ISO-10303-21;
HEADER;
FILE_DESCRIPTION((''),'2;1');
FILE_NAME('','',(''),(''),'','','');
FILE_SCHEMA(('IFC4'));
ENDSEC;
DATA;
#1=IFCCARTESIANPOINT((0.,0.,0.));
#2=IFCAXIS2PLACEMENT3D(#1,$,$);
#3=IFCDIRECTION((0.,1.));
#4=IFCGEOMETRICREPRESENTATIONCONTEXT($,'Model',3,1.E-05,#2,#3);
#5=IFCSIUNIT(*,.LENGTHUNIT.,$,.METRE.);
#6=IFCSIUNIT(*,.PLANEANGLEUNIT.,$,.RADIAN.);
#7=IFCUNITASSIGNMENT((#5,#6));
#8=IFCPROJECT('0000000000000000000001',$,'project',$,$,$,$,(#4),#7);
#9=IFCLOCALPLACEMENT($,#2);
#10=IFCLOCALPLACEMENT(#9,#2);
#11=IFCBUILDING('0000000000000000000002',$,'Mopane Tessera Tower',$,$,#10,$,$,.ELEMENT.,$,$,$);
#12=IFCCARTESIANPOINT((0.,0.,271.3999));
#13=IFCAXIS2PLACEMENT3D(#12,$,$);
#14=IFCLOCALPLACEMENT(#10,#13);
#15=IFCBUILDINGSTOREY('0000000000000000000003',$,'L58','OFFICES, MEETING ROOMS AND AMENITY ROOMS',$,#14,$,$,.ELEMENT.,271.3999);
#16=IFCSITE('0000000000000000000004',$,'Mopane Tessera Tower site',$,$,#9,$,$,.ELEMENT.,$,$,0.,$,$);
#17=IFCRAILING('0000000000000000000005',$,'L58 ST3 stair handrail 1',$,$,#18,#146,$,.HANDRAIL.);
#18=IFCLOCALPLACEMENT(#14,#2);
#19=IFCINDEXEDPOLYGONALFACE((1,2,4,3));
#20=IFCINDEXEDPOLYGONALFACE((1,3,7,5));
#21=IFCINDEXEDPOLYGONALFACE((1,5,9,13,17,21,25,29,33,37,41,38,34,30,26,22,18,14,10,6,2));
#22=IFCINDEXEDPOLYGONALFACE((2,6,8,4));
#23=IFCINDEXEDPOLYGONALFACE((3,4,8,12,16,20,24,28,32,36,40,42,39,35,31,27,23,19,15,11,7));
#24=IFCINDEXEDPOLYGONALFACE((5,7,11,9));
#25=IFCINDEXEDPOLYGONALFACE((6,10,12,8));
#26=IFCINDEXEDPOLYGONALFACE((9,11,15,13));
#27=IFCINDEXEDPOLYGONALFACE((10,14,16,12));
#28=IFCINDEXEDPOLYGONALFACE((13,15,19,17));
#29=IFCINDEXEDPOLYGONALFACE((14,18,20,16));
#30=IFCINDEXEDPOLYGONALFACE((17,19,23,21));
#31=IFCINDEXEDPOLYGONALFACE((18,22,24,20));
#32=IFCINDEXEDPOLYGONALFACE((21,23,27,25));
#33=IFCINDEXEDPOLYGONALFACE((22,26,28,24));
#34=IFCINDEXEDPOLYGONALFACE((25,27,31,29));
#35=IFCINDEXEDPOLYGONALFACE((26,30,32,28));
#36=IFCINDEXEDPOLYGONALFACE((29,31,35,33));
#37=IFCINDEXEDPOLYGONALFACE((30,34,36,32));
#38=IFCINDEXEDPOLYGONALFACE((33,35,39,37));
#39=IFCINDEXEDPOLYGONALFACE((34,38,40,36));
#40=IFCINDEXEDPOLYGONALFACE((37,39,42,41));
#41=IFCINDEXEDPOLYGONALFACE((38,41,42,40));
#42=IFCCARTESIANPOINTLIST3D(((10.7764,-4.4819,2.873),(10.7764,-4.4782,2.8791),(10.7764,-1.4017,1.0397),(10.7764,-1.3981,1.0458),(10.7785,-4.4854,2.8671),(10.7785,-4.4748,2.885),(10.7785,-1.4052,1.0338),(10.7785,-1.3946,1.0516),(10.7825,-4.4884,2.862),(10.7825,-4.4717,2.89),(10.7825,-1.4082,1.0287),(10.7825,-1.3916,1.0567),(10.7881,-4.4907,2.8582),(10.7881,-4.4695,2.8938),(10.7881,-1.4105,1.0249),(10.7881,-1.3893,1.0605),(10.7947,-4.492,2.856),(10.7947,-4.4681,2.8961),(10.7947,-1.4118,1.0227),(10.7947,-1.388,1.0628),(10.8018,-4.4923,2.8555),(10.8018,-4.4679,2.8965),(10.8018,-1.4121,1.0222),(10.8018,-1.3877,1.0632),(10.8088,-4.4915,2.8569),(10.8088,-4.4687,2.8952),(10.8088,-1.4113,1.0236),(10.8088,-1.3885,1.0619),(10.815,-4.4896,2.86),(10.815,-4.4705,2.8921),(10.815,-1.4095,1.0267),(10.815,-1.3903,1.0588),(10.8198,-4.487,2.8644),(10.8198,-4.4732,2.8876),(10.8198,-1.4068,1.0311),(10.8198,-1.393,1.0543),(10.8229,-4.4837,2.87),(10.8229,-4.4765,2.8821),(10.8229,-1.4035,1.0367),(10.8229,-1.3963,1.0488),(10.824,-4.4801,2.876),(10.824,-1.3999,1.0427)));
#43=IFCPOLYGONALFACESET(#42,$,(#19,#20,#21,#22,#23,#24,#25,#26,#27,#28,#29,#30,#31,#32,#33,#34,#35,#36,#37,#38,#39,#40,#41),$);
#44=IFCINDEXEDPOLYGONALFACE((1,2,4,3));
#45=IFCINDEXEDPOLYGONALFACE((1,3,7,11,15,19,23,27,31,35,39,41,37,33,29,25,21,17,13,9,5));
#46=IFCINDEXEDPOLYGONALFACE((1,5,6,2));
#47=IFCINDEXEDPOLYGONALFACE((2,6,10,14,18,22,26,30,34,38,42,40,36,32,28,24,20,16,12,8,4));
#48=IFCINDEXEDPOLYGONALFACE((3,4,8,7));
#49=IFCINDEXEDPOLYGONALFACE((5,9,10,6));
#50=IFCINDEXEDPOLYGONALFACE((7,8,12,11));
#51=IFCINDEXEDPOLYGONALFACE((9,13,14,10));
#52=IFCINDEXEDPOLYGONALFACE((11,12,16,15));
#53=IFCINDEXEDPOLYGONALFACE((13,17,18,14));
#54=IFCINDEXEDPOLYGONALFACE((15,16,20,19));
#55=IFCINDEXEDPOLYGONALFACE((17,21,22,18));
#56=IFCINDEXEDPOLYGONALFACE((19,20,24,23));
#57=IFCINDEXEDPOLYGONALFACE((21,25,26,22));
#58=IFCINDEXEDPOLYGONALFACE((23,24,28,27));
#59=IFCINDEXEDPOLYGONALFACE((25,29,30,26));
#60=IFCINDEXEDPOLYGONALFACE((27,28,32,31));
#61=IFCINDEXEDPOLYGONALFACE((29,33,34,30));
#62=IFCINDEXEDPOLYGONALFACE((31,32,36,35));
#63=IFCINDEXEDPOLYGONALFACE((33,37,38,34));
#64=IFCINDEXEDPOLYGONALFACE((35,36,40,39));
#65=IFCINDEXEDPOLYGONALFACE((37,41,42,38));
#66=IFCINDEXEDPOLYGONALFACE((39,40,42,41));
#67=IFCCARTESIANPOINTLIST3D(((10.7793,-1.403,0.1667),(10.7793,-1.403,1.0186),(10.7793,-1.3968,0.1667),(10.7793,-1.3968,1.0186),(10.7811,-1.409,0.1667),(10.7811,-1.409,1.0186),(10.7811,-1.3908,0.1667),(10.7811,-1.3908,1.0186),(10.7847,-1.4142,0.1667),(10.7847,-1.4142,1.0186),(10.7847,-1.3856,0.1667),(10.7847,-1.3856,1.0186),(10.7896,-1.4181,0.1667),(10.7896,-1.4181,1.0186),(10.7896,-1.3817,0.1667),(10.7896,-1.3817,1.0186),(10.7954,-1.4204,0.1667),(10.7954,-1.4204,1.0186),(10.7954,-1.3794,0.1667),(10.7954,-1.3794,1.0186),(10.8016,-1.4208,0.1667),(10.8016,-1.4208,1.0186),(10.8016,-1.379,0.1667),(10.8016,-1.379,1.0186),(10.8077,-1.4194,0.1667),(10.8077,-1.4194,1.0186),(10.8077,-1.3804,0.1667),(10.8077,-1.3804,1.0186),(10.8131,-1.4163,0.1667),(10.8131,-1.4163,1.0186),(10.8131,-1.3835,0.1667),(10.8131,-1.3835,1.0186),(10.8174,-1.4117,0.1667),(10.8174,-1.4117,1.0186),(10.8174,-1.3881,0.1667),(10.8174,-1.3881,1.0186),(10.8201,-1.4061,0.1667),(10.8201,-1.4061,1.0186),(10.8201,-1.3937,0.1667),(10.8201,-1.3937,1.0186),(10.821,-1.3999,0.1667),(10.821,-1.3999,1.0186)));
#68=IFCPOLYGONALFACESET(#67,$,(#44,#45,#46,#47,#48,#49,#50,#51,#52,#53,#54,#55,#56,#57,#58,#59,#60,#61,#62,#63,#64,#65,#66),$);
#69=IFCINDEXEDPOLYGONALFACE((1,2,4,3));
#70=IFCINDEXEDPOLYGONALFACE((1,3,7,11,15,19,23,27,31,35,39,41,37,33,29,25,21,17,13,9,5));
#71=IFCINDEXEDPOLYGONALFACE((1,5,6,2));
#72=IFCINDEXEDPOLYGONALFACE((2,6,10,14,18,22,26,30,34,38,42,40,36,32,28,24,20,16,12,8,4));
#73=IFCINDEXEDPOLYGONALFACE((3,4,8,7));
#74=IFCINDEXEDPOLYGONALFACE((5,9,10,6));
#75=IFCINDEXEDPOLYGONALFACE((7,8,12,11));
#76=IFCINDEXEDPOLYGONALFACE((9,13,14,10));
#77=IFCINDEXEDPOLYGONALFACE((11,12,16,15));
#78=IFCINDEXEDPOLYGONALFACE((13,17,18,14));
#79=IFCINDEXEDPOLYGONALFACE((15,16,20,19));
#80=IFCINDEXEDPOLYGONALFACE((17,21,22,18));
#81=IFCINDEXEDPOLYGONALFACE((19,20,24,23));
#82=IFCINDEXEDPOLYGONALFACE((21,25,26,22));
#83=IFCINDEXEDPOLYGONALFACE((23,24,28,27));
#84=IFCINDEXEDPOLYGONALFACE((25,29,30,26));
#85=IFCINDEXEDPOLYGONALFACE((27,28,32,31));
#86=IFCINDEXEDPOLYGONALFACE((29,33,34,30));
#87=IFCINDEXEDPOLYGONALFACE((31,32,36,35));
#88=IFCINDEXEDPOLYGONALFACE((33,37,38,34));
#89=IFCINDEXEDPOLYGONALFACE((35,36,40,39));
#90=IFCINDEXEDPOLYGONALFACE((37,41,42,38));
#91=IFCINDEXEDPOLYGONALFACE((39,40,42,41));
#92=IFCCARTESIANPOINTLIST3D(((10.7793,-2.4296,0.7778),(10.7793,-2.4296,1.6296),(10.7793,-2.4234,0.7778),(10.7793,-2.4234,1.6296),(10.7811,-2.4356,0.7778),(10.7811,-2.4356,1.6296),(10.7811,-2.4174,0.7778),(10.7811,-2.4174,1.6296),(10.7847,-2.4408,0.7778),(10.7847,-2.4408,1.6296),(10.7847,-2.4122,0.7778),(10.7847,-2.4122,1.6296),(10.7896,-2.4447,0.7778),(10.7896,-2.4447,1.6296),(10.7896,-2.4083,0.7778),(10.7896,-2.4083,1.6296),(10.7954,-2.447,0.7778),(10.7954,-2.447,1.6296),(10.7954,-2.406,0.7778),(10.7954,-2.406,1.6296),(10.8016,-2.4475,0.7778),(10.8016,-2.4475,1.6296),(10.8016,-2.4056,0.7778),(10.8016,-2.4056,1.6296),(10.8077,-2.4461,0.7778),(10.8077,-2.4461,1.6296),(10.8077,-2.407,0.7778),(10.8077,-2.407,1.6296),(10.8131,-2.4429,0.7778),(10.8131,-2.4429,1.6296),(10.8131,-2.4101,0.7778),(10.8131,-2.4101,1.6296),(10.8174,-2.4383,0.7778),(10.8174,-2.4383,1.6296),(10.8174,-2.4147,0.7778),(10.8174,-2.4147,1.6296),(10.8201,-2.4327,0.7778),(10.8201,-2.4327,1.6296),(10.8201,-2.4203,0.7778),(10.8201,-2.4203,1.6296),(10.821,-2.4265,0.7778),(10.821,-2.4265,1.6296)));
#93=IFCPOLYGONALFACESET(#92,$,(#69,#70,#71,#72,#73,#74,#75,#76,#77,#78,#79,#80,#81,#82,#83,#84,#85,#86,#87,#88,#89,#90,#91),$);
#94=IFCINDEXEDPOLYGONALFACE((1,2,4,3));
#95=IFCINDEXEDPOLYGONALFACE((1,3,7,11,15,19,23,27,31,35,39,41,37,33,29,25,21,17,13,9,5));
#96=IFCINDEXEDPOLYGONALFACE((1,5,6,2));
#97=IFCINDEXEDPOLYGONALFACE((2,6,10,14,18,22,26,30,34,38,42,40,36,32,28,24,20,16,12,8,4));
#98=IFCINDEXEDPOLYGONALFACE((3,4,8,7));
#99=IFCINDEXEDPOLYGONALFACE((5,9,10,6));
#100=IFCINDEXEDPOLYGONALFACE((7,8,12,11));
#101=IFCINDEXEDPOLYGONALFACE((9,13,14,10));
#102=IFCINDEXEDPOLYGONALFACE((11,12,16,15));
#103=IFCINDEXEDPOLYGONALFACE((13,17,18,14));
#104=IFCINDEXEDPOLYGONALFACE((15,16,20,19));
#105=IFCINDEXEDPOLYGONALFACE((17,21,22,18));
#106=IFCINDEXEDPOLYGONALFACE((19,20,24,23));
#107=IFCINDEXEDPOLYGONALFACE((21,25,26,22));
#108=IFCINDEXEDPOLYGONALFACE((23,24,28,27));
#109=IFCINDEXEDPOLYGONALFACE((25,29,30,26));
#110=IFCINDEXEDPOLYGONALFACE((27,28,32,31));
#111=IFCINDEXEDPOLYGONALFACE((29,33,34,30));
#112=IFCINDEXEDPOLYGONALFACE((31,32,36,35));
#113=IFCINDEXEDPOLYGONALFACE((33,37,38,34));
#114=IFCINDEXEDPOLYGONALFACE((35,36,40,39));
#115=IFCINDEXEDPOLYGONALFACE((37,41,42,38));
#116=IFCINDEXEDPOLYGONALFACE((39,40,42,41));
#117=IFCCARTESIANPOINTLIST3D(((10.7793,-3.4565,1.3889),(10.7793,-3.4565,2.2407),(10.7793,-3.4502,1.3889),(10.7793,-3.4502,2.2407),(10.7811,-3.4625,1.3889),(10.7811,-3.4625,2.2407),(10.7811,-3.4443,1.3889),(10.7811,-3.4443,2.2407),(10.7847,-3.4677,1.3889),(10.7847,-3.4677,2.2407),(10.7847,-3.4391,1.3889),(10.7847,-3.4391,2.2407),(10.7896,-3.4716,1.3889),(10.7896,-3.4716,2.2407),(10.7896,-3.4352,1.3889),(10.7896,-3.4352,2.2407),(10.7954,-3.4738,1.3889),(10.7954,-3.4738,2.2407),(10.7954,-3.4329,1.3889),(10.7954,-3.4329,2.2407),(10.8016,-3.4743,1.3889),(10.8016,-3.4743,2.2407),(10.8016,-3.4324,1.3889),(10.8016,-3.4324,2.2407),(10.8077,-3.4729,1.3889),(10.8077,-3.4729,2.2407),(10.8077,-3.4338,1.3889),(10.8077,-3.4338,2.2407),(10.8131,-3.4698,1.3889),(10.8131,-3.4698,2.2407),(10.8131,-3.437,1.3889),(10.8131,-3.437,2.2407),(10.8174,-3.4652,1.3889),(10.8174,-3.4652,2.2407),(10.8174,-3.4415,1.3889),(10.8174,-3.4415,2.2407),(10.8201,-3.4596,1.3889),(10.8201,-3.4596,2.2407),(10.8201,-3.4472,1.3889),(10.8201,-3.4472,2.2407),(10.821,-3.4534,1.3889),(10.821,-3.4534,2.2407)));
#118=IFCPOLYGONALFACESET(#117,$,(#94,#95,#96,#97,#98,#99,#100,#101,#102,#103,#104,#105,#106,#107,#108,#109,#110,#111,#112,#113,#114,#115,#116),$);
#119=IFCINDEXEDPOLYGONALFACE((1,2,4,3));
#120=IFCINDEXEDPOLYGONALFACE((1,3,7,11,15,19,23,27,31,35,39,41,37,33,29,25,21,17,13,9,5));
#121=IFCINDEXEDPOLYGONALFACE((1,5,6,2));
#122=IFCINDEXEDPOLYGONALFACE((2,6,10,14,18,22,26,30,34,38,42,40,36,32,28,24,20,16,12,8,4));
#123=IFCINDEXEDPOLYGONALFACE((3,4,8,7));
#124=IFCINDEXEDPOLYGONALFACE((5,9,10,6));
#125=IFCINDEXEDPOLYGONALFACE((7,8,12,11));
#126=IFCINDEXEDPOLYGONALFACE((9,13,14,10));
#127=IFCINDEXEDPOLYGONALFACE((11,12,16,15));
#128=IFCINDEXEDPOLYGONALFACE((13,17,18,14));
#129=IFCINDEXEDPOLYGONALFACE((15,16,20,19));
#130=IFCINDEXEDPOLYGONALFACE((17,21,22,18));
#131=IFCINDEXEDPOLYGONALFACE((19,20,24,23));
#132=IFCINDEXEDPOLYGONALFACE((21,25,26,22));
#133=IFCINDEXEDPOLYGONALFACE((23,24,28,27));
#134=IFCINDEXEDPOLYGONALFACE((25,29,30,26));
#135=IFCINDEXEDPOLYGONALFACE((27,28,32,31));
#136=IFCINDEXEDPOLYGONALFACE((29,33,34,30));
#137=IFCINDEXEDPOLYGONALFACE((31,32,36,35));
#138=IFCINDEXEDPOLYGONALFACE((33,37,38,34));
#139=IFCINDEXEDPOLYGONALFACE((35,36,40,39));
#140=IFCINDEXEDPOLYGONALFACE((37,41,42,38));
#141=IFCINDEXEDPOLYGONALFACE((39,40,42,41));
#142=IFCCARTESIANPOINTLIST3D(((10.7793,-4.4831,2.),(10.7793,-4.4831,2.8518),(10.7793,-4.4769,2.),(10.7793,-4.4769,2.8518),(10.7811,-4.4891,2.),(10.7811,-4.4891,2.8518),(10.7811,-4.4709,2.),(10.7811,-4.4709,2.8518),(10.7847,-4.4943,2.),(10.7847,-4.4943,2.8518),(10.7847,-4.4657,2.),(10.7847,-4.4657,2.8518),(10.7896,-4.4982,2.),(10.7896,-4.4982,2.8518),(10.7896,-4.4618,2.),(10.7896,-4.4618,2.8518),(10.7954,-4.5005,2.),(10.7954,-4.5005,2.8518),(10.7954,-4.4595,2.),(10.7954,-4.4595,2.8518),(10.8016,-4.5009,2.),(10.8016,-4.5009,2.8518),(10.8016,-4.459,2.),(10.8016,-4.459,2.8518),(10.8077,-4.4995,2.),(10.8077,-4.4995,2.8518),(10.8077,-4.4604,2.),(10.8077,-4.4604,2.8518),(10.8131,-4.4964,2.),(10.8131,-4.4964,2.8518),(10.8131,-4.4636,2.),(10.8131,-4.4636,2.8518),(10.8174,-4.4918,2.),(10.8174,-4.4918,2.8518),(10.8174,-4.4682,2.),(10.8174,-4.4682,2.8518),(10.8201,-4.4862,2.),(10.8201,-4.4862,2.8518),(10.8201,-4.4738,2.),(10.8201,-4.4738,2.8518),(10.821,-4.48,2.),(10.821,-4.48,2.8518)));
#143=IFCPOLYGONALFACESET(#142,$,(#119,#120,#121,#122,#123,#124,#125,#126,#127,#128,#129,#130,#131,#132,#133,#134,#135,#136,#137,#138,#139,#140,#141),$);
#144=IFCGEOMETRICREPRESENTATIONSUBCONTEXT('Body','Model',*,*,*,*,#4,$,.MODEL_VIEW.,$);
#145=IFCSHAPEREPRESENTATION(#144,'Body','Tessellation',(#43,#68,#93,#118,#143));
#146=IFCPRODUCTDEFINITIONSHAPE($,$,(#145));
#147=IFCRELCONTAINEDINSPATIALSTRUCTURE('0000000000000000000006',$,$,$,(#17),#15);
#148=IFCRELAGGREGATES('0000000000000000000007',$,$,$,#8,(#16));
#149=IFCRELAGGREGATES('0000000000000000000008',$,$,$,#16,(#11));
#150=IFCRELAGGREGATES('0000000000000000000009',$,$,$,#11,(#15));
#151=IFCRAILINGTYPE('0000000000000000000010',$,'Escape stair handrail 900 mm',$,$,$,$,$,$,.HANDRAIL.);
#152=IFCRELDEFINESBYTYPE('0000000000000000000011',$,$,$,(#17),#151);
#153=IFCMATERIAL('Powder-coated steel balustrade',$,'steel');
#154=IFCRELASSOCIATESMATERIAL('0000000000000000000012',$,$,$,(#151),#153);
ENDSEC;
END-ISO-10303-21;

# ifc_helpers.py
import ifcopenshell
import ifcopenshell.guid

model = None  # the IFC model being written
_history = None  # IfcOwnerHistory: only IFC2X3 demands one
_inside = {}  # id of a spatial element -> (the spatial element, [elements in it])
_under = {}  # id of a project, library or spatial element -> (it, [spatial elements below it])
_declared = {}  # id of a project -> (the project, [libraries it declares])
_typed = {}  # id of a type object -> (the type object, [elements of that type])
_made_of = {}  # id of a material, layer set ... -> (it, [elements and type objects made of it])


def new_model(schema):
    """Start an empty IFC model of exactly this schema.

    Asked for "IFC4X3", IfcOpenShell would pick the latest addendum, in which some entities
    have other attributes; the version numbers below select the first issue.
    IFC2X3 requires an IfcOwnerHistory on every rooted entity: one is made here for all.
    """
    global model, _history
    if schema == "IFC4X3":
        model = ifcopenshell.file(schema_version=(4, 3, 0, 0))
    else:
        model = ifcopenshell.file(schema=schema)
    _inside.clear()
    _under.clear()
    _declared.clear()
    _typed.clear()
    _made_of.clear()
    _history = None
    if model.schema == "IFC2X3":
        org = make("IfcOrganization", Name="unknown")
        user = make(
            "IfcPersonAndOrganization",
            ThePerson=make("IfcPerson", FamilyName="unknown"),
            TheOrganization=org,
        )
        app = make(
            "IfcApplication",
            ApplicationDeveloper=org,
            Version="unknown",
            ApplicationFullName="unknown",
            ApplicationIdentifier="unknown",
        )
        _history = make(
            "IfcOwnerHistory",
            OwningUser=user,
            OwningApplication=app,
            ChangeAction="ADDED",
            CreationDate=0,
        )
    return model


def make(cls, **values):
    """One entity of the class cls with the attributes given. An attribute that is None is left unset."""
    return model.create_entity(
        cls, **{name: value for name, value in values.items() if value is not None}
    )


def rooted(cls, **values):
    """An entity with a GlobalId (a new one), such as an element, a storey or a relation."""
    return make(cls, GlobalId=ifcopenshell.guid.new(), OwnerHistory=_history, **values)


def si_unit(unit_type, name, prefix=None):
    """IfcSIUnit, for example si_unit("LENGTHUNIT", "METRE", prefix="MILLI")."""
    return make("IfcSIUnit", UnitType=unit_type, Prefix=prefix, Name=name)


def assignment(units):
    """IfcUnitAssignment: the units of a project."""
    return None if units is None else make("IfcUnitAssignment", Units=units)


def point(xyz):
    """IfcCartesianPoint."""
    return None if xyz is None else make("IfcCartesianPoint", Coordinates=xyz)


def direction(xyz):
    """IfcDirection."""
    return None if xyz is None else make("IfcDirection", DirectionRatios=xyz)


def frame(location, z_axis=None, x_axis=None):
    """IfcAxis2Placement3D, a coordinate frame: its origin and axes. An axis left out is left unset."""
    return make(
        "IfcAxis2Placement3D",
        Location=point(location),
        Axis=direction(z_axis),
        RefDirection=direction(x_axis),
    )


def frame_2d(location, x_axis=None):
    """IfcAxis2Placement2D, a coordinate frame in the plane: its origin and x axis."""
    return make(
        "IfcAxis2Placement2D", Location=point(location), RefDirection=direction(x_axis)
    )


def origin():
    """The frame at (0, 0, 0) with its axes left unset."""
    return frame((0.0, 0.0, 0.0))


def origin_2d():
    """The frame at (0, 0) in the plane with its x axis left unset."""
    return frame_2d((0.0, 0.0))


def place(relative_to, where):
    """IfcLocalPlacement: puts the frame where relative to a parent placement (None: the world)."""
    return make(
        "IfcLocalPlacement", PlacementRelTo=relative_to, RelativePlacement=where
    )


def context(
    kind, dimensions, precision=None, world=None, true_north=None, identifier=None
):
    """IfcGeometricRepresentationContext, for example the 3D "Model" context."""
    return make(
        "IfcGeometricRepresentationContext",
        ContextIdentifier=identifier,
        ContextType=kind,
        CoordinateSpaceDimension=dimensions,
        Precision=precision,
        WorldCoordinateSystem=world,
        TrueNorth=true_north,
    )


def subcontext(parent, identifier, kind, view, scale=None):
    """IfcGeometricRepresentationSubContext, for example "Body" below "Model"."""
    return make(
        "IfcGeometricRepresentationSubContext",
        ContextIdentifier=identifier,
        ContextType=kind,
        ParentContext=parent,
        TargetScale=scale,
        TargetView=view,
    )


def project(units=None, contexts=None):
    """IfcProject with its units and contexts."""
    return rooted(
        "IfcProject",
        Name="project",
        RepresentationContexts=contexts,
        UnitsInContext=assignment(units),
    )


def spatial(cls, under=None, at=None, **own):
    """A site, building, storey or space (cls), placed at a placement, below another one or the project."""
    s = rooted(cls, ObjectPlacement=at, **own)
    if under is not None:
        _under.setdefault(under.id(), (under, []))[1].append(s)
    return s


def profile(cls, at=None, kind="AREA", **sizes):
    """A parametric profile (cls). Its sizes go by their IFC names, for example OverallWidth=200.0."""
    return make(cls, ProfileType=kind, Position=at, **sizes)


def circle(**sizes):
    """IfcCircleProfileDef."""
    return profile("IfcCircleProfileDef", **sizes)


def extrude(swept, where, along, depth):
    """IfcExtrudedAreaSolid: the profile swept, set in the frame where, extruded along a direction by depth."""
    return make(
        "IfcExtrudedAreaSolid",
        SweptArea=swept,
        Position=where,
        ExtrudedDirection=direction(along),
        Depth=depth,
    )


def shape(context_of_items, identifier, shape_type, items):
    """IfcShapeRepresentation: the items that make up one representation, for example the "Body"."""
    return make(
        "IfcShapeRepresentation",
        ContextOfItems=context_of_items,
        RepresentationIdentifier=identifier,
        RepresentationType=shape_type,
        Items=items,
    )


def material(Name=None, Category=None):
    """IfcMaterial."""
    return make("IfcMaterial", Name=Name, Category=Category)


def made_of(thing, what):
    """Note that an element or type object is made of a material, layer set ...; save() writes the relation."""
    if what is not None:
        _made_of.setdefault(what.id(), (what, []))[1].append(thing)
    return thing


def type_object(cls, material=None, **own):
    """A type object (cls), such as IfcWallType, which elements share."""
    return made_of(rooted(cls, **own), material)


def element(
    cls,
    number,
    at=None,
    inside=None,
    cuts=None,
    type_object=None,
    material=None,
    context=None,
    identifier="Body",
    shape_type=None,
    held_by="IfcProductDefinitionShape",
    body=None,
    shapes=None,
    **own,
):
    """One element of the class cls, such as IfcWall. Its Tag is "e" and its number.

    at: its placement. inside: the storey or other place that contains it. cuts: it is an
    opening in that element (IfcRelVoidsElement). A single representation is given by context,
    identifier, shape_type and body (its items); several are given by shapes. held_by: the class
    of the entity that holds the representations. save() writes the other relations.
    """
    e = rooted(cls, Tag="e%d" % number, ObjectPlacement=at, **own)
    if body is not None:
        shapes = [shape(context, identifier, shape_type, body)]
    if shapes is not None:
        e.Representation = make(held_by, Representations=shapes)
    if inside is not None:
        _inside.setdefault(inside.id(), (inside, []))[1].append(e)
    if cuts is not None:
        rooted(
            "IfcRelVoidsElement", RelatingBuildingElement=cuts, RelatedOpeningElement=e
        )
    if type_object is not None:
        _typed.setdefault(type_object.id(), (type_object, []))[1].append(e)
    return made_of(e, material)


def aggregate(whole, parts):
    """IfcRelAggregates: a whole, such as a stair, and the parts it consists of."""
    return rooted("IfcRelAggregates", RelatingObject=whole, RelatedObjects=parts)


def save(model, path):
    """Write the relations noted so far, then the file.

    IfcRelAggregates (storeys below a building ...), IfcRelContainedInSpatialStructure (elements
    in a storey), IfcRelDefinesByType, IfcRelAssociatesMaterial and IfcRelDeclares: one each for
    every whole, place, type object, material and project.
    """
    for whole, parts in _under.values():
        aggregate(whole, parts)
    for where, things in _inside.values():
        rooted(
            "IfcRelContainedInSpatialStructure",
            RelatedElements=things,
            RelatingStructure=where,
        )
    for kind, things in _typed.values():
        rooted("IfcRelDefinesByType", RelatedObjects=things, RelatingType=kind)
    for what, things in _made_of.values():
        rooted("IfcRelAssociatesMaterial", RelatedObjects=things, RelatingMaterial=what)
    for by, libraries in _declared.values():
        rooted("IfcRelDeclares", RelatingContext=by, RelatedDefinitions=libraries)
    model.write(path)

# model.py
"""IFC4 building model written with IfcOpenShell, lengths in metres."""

from ifc_helpers import new_model, si_unit, direction, frame, origin, origin_2d, place, context, subcontext, project, spatial, circle, extrude, material, type_object, element, save


model = new_model("IFC4")

# Units and contexts
model_context = context("Model", 3, precision=1e-05, world=origin(), true_north=direction((0.0, 1.0)))
body_context = subcontext(model_context, "Body", "Model", "MODEL_VIEW")
ifc_project = project(units=[si_unit("LENGTHUNIT", "METRE"), si_unit("PLANEANGLEUNIT", "RADIAN")], contexts=[model_context])

# Site, building, storey
site_placement = place(None, origin())
site = spatial("IfcSite", under=ifc_project, at=site_placement, Name="Mopane Tessera Tower site", CompositionType="ELEMENT", RefElevation=0.0)
building_placement = place(site_placement, origin())
building = spatial("IfcBuilding", under=site, at=building_placement, Name="Mopane Tessera Tower", CompositionType="ELEMENT")
storey_placement = place(building_placement, frame((0.0, 0.0, 271.3999)))
storey = spatial("IfcBuildingStorey", under=building, at=storey_placement, Name="L58", Description="OFFICES, MEETING ROOMS AND AMENITY ROOMS", CompositionType="ELEMENT", Elevation=271.3999)

# Railing
ifc_material_1 = material(Name="Powder-coated steel balustrade", Category="steel")
railing_type_1 = type_object("IfcRailingType", Name="Escape stair handrail 900 mm", PredefinedType="HANDRAIL", material=ifc_material_1)
railing_1_placement = place(storey_placement, frame((10.8, -1.3999, 0.1667)))
element("IfcRailing", 1, at=railing_1_placement, inside=storey, type_object=railing_type_1, Name="L58 ST3 stair handrail 1", PredefinedType="HANDRAIL", context=body_context, shape_type="SweptSolid", body=[
    extrude(circle(Radius=0.0239, at=origin_2d()), frame((0.0, 0.0, 0.876), z_axis=(0.0, -0.859309, 0.511458), x_axis=(1.0, 0.0, 0.0)), (0.0, 0.0, 1.0), 3.5845),
    extrude(circle(Radius=0.021, at=origin_2d()), origin(), (0.0, 0.0, 1.0), 0.8518),
    extrude(circle(Radius=0.021, at=origin_2d()), frame((0.0, -1.0266, 0.6111)), (0.0, 0.0, 1.0), 0.8518),
    extrude(circle(Radius=0.021, at=origin_2d()), frame((0.0, -2.0535, 1.2222)), (0.0, 0.0, 1.0), 0.8518),
    extrude(circle(Radius=0.021, at=origin_2d()), frame((0.0, -3.0801, 1.8333)), (0.0, 0.0, 1.0), 0.8518),
])

save(model, "model.ifc")
